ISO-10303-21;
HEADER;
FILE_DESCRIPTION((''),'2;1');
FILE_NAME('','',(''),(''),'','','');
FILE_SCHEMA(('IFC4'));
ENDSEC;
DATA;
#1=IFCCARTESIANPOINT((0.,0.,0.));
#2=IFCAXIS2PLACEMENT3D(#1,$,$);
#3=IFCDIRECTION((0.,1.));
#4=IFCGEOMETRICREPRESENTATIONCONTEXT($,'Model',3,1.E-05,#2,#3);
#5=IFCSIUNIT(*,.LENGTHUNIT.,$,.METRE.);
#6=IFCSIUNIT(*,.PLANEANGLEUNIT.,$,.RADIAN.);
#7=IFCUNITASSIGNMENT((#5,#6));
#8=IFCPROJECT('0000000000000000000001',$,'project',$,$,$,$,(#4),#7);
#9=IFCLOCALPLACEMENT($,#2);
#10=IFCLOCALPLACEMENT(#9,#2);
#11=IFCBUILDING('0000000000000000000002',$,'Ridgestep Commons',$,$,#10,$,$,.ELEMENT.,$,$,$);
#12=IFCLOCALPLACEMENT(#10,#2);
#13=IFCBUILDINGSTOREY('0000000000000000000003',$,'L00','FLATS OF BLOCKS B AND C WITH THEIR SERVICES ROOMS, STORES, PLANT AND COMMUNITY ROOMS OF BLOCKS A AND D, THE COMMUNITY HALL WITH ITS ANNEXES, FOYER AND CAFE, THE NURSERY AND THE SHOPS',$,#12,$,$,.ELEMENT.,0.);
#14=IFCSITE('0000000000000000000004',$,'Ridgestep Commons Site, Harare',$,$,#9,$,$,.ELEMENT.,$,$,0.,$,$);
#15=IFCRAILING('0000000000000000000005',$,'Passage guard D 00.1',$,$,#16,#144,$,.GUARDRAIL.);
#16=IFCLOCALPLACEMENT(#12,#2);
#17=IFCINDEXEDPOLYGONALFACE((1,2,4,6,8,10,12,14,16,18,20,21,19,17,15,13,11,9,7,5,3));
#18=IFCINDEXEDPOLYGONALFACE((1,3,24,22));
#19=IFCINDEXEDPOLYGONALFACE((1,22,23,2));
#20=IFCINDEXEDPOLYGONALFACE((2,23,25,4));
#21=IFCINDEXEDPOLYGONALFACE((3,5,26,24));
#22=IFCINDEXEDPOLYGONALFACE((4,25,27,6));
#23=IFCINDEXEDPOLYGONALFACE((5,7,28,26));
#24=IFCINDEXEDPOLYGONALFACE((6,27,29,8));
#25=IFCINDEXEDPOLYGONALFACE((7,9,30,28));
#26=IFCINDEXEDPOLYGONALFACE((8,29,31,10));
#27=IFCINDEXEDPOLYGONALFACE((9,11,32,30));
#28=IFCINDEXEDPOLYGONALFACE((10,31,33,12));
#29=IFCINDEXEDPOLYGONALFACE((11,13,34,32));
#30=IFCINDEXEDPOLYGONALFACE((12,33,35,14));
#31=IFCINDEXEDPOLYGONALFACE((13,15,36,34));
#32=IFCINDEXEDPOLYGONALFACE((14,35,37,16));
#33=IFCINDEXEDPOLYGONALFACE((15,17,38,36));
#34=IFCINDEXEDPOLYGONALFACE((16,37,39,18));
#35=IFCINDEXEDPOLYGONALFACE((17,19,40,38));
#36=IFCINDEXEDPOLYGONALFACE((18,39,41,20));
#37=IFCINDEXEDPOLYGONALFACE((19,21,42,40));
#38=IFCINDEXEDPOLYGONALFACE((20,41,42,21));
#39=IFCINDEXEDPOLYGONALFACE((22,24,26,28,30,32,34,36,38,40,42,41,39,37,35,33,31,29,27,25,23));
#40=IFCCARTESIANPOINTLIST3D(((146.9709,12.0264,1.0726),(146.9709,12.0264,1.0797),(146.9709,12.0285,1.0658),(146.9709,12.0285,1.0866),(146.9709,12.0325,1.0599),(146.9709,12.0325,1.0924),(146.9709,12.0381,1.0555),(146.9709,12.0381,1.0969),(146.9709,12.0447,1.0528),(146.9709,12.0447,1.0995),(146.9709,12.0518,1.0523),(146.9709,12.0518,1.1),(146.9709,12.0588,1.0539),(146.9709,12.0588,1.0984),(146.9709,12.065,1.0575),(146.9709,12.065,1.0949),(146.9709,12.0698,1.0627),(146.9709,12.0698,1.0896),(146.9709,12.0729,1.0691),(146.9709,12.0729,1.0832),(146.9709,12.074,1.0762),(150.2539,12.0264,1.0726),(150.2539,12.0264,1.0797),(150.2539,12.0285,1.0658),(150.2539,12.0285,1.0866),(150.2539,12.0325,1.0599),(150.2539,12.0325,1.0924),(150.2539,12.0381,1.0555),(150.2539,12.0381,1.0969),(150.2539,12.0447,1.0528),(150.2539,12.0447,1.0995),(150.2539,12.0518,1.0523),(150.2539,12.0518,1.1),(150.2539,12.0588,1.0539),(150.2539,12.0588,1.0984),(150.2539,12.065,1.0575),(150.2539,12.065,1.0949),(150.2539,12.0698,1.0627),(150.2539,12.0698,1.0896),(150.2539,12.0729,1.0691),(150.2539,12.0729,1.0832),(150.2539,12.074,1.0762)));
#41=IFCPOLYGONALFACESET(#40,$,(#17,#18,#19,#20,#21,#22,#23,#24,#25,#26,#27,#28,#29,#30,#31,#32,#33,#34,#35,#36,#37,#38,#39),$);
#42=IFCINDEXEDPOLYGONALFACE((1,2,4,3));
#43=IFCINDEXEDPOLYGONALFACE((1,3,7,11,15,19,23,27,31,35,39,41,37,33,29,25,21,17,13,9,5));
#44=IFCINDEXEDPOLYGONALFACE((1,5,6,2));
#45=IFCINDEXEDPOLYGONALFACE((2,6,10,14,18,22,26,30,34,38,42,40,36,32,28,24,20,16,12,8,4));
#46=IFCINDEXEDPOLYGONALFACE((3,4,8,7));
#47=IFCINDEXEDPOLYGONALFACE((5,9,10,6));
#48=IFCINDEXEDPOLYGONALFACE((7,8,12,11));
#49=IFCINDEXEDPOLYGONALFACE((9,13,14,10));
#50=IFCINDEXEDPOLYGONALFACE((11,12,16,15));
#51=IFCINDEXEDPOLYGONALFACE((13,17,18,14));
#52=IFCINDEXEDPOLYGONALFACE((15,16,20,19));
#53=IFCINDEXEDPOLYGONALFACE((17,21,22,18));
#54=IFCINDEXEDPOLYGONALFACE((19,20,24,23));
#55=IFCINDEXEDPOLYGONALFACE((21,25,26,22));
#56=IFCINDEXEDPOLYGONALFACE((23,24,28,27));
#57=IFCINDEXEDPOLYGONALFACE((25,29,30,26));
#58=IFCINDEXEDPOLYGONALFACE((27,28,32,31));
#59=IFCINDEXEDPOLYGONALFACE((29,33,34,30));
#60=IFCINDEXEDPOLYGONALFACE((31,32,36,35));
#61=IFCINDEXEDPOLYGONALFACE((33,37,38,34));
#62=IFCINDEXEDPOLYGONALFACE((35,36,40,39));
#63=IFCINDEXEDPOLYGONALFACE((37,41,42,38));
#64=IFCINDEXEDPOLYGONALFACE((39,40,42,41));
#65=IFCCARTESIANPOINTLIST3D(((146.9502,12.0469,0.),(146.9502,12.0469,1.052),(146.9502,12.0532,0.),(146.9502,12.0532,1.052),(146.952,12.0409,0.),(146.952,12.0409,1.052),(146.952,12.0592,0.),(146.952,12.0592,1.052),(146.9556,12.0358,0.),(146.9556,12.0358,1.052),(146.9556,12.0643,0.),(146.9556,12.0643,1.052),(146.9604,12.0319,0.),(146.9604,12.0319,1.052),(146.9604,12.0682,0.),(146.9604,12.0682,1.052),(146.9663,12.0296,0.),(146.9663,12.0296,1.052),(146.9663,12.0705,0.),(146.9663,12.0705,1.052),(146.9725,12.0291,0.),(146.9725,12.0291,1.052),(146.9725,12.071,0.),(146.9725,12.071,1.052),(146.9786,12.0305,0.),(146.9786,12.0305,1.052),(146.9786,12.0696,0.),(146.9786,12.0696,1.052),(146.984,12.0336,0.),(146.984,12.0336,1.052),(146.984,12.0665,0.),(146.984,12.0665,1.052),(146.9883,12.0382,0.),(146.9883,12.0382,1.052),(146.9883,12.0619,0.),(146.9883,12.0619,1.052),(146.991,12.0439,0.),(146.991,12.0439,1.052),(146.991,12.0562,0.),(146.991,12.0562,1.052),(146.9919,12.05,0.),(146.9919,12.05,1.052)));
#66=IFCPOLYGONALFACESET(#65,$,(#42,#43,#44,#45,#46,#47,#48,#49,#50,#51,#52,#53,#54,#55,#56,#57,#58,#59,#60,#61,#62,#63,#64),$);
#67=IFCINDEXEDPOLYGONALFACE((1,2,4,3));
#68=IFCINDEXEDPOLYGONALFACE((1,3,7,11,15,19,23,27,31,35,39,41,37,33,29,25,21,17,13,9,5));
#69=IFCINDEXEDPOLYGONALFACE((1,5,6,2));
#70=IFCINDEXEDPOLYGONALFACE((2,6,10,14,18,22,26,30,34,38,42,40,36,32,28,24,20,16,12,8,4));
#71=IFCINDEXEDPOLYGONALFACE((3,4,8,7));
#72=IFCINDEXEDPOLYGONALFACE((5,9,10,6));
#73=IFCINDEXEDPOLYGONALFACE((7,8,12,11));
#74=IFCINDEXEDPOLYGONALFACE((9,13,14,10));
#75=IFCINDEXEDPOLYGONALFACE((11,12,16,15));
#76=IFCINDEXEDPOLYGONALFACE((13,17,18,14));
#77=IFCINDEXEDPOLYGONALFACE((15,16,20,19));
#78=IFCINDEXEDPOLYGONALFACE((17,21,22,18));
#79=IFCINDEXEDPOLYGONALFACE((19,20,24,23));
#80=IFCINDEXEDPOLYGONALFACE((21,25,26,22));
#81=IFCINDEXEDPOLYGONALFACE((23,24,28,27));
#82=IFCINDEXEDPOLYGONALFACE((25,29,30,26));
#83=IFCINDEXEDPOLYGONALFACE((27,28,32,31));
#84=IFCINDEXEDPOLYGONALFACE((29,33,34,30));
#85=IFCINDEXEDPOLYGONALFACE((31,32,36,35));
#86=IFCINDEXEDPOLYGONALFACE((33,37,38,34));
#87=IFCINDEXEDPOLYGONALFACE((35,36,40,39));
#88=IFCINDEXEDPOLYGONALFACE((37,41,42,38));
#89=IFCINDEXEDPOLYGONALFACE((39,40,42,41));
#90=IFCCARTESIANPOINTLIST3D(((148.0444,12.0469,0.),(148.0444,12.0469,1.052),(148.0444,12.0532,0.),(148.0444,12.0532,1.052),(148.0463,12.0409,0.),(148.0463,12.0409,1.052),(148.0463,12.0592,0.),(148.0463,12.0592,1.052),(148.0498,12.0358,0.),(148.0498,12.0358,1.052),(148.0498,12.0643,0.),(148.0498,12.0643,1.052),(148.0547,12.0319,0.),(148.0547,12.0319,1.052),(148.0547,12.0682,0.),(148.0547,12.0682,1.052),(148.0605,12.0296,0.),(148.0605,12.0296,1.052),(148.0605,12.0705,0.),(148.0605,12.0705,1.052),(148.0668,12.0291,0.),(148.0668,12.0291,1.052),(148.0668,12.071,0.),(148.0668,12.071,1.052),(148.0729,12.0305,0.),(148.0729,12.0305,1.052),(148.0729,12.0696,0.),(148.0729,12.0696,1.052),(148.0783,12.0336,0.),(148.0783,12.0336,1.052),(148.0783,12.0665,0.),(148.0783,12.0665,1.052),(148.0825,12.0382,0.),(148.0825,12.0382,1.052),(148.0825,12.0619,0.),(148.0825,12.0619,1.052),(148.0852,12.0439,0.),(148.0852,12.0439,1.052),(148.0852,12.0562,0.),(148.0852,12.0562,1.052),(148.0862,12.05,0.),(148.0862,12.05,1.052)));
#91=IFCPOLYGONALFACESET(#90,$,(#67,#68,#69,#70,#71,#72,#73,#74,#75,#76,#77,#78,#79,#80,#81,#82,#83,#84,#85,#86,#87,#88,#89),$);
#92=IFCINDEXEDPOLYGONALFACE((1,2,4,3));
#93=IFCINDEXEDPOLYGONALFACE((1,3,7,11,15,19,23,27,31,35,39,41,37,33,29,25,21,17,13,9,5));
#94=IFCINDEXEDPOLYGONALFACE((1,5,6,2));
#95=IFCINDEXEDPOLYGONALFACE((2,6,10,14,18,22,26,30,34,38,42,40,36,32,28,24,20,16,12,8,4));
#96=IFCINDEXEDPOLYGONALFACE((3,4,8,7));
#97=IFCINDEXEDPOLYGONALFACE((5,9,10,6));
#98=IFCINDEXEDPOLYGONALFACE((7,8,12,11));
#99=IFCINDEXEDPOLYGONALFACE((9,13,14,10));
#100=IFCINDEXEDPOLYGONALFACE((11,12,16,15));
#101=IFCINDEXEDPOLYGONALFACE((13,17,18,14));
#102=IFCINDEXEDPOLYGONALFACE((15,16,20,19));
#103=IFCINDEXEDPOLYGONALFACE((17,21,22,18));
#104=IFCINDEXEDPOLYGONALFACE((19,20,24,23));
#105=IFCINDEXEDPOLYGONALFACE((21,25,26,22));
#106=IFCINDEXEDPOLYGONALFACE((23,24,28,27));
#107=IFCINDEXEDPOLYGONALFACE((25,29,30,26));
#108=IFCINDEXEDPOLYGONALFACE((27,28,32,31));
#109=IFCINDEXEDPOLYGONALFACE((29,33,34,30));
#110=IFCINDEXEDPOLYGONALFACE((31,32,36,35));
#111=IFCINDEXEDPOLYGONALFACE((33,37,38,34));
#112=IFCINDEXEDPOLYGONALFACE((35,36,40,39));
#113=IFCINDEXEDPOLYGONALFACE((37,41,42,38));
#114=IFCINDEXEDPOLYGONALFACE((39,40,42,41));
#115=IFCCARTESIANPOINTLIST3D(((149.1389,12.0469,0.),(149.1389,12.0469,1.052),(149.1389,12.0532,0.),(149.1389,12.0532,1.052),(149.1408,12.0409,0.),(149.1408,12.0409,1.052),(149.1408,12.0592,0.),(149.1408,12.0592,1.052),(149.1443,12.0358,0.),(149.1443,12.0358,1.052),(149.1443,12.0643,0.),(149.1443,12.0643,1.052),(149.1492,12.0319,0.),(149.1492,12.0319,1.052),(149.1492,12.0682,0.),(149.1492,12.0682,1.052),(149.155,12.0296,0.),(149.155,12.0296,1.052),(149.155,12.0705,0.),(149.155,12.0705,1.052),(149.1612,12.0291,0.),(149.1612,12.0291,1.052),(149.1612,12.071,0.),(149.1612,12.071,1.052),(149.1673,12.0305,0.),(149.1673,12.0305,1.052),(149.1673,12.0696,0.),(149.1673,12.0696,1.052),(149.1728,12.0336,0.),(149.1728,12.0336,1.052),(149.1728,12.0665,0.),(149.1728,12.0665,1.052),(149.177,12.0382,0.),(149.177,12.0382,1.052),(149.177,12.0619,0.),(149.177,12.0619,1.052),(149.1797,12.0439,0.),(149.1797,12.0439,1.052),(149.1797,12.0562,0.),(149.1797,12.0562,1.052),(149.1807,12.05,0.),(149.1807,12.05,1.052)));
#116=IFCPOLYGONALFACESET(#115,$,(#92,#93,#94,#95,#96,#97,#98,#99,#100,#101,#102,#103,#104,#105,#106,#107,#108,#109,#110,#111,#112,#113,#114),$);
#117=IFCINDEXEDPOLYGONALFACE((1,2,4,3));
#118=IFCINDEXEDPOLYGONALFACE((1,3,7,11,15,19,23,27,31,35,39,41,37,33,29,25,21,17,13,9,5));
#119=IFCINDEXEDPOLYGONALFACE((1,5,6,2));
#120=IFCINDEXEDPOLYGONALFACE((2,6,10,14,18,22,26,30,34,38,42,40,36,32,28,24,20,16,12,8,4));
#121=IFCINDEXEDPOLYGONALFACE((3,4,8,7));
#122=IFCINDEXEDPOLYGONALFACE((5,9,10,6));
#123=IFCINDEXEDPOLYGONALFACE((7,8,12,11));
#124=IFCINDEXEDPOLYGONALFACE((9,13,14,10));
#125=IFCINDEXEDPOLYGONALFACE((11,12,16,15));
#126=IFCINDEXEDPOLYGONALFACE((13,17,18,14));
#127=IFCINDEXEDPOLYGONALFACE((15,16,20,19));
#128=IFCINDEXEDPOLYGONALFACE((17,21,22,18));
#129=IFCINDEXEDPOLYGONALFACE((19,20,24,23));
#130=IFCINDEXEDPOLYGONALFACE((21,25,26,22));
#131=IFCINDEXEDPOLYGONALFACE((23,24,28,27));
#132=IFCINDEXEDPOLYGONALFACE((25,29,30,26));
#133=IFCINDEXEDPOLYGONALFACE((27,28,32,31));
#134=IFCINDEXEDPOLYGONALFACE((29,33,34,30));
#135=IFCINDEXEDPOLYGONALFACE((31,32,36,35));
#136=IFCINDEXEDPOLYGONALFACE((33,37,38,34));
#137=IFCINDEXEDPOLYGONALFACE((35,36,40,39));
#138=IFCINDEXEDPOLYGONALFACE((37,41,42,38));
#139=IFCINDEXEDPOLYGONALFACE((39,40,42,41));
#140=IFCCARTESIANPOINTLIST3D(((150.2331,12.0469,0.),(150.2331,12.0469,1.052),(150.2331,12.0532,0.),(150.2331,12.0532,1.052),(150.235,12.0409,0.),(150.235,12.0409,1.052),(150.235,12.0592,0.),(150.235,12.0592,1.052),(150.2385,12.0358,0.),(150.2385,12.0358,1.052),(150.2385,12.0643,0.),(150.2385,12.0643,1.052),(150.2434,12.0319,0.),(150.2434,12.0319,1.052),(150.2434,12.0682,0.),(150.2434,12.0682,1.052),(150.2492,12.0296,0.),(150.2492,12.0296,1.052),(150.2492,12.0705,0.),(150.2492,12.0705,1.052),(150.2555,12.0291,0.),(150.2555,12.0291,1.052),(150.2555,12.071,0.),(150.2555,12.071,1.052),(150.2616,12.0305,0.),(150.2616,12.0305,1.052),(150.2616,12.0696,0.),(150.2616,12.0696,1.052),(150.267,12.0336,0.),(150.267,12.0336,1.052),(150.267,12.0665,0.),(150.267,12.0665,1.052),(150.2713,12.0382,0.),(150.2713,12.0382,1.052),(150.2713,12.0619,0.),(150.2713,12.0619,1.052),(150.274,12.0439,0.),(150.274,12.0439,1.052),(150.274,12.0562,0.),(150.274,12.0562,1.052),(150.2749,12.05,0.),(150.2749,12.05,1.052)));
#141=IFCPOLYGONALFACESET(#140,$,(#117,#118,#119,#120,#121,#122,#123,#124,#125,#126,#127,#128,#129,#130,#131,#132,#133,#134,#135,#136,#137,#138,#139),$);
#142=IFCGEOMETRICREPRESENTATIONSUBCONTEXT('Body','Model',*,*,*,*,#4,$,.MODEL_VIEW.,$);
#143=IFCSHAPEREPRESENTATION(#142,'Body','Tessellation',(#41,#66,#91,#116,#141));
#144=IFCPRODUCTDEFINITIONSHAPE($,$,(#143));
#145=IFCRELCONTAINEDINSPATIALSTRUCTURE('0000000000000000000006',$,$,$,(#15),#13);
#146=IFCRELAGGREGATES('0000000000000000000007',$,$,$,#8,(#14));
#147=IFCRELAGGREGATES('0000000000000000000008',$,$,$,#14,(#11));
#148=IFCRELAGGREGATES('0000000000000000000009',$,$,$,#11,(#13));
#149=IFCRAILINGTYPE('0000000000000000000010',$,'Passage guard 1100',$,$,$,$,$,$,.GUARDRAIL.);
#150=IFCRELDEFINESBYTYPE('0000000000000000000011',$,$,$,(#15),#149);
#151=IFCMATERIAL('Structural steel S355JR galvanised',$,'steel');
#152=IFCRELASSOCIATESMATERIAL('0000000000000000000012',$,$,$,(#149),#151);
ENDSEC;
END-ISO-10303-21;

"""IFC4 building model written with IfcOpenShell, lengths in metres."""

from ifc_helpers import new_model, si_unit, direction, frame, origin, origin_2d, place, context, subcontext, project, spatial, circle, extrude, material, type_object, element, save


model = new_model("IFC4")

# Units and contexts
model_context = context("Model", 3, precision=1e-05, world=origin(), true_north=direction((0.0, 1.0)))
body_context = subcontext(model_context, "Body", "Model", "MODEL_VIEW")
ifc_project = project(units=[si_unit("LENGTHUNIT", "METRE"), si_unit("PLANEANGLEUNIT", "RADIAN")], contexts=[model_context])

# Site, building, storey
site_placement = place(None, origin())
site = spatial("IfcSite", under=ifc_project, at=site_placement, Name="Ridgestep Commons Site, Harare", CompositionType="ELEMENT", RefElevation=0.0)
building_placement = place(site_placement, origin())
building = spatial("IfcBuilding", under=site, at=building_placement, Name="Ridgestep Commons", CompositionType="ELEMENT")
storey_placement = place(building_placement, origin())
storey = spatial("IfcBuildingStorey", under=building, at=storey_placement, Name="L00", Description="FLATS OF BLOCKS B AND C WITH THEIR SERVICES ROOMS, STORES, PLANT AND COMMUNITY ROOMS OF BLOCKS A AND D, THE COMMUNITY HALL WITH ITS ANNEXES, FOYER AND CAFE, THE NURSERY AND THE SHOPS", CompositionType="ELEMENT", Elevation=0.0)

# Railing
ifc_material_1 = material(Name="Structural steel S355JR galvanised", Category="steel")
railing_type = type_object("IfcRailingType", Name="Passage guard 1100", PredefinedType="GUARDRAIL", material=ifc_material_1)
railing_placement = place(storey_placement, frame((146.9709, 12.05, 0.0)))
element("IfcRailing", 1, at=railing_placement, inside=storey, type_object=railing_type, Name="Passage guard D 00.1", PredefinedType="GUARDRAIL", context=body_context, shape_type="SweptSolid", body=[
    extrude(circle(Radius=0.0239, at=origin_2d()), frame((0.0, 0.0, 1.0762), z_axis=(1.0, 0.0, 0.0), x_axis=(0.0, 1.0, 0.0)), (0.0, 0.0, 1.0), 3.283),
    extrude(circle(Radius=0.021, at=origin_2d()), origin(), (0.0, 0.0, 1.0), 1.052),
    extrude(circle(Radius=0.021, at=origin_2d()), frame((1.0942, 0.0, 0.0)), (0.0, 0.0, 1.0), 1.052),
    extrude(circle(Radius=0.021, at=origin_2d()), frame((2.1887, 0.0, 0.0)), (0.0, 0.0, 1.0), 1.052),
    extrude(circle(Radius=0.021, at=origin_2d()), frame((3.283, 0.0, 0.0)), (0.0, 0.0, 1.0), 1.052),
])

save(model, "model.ifc")
